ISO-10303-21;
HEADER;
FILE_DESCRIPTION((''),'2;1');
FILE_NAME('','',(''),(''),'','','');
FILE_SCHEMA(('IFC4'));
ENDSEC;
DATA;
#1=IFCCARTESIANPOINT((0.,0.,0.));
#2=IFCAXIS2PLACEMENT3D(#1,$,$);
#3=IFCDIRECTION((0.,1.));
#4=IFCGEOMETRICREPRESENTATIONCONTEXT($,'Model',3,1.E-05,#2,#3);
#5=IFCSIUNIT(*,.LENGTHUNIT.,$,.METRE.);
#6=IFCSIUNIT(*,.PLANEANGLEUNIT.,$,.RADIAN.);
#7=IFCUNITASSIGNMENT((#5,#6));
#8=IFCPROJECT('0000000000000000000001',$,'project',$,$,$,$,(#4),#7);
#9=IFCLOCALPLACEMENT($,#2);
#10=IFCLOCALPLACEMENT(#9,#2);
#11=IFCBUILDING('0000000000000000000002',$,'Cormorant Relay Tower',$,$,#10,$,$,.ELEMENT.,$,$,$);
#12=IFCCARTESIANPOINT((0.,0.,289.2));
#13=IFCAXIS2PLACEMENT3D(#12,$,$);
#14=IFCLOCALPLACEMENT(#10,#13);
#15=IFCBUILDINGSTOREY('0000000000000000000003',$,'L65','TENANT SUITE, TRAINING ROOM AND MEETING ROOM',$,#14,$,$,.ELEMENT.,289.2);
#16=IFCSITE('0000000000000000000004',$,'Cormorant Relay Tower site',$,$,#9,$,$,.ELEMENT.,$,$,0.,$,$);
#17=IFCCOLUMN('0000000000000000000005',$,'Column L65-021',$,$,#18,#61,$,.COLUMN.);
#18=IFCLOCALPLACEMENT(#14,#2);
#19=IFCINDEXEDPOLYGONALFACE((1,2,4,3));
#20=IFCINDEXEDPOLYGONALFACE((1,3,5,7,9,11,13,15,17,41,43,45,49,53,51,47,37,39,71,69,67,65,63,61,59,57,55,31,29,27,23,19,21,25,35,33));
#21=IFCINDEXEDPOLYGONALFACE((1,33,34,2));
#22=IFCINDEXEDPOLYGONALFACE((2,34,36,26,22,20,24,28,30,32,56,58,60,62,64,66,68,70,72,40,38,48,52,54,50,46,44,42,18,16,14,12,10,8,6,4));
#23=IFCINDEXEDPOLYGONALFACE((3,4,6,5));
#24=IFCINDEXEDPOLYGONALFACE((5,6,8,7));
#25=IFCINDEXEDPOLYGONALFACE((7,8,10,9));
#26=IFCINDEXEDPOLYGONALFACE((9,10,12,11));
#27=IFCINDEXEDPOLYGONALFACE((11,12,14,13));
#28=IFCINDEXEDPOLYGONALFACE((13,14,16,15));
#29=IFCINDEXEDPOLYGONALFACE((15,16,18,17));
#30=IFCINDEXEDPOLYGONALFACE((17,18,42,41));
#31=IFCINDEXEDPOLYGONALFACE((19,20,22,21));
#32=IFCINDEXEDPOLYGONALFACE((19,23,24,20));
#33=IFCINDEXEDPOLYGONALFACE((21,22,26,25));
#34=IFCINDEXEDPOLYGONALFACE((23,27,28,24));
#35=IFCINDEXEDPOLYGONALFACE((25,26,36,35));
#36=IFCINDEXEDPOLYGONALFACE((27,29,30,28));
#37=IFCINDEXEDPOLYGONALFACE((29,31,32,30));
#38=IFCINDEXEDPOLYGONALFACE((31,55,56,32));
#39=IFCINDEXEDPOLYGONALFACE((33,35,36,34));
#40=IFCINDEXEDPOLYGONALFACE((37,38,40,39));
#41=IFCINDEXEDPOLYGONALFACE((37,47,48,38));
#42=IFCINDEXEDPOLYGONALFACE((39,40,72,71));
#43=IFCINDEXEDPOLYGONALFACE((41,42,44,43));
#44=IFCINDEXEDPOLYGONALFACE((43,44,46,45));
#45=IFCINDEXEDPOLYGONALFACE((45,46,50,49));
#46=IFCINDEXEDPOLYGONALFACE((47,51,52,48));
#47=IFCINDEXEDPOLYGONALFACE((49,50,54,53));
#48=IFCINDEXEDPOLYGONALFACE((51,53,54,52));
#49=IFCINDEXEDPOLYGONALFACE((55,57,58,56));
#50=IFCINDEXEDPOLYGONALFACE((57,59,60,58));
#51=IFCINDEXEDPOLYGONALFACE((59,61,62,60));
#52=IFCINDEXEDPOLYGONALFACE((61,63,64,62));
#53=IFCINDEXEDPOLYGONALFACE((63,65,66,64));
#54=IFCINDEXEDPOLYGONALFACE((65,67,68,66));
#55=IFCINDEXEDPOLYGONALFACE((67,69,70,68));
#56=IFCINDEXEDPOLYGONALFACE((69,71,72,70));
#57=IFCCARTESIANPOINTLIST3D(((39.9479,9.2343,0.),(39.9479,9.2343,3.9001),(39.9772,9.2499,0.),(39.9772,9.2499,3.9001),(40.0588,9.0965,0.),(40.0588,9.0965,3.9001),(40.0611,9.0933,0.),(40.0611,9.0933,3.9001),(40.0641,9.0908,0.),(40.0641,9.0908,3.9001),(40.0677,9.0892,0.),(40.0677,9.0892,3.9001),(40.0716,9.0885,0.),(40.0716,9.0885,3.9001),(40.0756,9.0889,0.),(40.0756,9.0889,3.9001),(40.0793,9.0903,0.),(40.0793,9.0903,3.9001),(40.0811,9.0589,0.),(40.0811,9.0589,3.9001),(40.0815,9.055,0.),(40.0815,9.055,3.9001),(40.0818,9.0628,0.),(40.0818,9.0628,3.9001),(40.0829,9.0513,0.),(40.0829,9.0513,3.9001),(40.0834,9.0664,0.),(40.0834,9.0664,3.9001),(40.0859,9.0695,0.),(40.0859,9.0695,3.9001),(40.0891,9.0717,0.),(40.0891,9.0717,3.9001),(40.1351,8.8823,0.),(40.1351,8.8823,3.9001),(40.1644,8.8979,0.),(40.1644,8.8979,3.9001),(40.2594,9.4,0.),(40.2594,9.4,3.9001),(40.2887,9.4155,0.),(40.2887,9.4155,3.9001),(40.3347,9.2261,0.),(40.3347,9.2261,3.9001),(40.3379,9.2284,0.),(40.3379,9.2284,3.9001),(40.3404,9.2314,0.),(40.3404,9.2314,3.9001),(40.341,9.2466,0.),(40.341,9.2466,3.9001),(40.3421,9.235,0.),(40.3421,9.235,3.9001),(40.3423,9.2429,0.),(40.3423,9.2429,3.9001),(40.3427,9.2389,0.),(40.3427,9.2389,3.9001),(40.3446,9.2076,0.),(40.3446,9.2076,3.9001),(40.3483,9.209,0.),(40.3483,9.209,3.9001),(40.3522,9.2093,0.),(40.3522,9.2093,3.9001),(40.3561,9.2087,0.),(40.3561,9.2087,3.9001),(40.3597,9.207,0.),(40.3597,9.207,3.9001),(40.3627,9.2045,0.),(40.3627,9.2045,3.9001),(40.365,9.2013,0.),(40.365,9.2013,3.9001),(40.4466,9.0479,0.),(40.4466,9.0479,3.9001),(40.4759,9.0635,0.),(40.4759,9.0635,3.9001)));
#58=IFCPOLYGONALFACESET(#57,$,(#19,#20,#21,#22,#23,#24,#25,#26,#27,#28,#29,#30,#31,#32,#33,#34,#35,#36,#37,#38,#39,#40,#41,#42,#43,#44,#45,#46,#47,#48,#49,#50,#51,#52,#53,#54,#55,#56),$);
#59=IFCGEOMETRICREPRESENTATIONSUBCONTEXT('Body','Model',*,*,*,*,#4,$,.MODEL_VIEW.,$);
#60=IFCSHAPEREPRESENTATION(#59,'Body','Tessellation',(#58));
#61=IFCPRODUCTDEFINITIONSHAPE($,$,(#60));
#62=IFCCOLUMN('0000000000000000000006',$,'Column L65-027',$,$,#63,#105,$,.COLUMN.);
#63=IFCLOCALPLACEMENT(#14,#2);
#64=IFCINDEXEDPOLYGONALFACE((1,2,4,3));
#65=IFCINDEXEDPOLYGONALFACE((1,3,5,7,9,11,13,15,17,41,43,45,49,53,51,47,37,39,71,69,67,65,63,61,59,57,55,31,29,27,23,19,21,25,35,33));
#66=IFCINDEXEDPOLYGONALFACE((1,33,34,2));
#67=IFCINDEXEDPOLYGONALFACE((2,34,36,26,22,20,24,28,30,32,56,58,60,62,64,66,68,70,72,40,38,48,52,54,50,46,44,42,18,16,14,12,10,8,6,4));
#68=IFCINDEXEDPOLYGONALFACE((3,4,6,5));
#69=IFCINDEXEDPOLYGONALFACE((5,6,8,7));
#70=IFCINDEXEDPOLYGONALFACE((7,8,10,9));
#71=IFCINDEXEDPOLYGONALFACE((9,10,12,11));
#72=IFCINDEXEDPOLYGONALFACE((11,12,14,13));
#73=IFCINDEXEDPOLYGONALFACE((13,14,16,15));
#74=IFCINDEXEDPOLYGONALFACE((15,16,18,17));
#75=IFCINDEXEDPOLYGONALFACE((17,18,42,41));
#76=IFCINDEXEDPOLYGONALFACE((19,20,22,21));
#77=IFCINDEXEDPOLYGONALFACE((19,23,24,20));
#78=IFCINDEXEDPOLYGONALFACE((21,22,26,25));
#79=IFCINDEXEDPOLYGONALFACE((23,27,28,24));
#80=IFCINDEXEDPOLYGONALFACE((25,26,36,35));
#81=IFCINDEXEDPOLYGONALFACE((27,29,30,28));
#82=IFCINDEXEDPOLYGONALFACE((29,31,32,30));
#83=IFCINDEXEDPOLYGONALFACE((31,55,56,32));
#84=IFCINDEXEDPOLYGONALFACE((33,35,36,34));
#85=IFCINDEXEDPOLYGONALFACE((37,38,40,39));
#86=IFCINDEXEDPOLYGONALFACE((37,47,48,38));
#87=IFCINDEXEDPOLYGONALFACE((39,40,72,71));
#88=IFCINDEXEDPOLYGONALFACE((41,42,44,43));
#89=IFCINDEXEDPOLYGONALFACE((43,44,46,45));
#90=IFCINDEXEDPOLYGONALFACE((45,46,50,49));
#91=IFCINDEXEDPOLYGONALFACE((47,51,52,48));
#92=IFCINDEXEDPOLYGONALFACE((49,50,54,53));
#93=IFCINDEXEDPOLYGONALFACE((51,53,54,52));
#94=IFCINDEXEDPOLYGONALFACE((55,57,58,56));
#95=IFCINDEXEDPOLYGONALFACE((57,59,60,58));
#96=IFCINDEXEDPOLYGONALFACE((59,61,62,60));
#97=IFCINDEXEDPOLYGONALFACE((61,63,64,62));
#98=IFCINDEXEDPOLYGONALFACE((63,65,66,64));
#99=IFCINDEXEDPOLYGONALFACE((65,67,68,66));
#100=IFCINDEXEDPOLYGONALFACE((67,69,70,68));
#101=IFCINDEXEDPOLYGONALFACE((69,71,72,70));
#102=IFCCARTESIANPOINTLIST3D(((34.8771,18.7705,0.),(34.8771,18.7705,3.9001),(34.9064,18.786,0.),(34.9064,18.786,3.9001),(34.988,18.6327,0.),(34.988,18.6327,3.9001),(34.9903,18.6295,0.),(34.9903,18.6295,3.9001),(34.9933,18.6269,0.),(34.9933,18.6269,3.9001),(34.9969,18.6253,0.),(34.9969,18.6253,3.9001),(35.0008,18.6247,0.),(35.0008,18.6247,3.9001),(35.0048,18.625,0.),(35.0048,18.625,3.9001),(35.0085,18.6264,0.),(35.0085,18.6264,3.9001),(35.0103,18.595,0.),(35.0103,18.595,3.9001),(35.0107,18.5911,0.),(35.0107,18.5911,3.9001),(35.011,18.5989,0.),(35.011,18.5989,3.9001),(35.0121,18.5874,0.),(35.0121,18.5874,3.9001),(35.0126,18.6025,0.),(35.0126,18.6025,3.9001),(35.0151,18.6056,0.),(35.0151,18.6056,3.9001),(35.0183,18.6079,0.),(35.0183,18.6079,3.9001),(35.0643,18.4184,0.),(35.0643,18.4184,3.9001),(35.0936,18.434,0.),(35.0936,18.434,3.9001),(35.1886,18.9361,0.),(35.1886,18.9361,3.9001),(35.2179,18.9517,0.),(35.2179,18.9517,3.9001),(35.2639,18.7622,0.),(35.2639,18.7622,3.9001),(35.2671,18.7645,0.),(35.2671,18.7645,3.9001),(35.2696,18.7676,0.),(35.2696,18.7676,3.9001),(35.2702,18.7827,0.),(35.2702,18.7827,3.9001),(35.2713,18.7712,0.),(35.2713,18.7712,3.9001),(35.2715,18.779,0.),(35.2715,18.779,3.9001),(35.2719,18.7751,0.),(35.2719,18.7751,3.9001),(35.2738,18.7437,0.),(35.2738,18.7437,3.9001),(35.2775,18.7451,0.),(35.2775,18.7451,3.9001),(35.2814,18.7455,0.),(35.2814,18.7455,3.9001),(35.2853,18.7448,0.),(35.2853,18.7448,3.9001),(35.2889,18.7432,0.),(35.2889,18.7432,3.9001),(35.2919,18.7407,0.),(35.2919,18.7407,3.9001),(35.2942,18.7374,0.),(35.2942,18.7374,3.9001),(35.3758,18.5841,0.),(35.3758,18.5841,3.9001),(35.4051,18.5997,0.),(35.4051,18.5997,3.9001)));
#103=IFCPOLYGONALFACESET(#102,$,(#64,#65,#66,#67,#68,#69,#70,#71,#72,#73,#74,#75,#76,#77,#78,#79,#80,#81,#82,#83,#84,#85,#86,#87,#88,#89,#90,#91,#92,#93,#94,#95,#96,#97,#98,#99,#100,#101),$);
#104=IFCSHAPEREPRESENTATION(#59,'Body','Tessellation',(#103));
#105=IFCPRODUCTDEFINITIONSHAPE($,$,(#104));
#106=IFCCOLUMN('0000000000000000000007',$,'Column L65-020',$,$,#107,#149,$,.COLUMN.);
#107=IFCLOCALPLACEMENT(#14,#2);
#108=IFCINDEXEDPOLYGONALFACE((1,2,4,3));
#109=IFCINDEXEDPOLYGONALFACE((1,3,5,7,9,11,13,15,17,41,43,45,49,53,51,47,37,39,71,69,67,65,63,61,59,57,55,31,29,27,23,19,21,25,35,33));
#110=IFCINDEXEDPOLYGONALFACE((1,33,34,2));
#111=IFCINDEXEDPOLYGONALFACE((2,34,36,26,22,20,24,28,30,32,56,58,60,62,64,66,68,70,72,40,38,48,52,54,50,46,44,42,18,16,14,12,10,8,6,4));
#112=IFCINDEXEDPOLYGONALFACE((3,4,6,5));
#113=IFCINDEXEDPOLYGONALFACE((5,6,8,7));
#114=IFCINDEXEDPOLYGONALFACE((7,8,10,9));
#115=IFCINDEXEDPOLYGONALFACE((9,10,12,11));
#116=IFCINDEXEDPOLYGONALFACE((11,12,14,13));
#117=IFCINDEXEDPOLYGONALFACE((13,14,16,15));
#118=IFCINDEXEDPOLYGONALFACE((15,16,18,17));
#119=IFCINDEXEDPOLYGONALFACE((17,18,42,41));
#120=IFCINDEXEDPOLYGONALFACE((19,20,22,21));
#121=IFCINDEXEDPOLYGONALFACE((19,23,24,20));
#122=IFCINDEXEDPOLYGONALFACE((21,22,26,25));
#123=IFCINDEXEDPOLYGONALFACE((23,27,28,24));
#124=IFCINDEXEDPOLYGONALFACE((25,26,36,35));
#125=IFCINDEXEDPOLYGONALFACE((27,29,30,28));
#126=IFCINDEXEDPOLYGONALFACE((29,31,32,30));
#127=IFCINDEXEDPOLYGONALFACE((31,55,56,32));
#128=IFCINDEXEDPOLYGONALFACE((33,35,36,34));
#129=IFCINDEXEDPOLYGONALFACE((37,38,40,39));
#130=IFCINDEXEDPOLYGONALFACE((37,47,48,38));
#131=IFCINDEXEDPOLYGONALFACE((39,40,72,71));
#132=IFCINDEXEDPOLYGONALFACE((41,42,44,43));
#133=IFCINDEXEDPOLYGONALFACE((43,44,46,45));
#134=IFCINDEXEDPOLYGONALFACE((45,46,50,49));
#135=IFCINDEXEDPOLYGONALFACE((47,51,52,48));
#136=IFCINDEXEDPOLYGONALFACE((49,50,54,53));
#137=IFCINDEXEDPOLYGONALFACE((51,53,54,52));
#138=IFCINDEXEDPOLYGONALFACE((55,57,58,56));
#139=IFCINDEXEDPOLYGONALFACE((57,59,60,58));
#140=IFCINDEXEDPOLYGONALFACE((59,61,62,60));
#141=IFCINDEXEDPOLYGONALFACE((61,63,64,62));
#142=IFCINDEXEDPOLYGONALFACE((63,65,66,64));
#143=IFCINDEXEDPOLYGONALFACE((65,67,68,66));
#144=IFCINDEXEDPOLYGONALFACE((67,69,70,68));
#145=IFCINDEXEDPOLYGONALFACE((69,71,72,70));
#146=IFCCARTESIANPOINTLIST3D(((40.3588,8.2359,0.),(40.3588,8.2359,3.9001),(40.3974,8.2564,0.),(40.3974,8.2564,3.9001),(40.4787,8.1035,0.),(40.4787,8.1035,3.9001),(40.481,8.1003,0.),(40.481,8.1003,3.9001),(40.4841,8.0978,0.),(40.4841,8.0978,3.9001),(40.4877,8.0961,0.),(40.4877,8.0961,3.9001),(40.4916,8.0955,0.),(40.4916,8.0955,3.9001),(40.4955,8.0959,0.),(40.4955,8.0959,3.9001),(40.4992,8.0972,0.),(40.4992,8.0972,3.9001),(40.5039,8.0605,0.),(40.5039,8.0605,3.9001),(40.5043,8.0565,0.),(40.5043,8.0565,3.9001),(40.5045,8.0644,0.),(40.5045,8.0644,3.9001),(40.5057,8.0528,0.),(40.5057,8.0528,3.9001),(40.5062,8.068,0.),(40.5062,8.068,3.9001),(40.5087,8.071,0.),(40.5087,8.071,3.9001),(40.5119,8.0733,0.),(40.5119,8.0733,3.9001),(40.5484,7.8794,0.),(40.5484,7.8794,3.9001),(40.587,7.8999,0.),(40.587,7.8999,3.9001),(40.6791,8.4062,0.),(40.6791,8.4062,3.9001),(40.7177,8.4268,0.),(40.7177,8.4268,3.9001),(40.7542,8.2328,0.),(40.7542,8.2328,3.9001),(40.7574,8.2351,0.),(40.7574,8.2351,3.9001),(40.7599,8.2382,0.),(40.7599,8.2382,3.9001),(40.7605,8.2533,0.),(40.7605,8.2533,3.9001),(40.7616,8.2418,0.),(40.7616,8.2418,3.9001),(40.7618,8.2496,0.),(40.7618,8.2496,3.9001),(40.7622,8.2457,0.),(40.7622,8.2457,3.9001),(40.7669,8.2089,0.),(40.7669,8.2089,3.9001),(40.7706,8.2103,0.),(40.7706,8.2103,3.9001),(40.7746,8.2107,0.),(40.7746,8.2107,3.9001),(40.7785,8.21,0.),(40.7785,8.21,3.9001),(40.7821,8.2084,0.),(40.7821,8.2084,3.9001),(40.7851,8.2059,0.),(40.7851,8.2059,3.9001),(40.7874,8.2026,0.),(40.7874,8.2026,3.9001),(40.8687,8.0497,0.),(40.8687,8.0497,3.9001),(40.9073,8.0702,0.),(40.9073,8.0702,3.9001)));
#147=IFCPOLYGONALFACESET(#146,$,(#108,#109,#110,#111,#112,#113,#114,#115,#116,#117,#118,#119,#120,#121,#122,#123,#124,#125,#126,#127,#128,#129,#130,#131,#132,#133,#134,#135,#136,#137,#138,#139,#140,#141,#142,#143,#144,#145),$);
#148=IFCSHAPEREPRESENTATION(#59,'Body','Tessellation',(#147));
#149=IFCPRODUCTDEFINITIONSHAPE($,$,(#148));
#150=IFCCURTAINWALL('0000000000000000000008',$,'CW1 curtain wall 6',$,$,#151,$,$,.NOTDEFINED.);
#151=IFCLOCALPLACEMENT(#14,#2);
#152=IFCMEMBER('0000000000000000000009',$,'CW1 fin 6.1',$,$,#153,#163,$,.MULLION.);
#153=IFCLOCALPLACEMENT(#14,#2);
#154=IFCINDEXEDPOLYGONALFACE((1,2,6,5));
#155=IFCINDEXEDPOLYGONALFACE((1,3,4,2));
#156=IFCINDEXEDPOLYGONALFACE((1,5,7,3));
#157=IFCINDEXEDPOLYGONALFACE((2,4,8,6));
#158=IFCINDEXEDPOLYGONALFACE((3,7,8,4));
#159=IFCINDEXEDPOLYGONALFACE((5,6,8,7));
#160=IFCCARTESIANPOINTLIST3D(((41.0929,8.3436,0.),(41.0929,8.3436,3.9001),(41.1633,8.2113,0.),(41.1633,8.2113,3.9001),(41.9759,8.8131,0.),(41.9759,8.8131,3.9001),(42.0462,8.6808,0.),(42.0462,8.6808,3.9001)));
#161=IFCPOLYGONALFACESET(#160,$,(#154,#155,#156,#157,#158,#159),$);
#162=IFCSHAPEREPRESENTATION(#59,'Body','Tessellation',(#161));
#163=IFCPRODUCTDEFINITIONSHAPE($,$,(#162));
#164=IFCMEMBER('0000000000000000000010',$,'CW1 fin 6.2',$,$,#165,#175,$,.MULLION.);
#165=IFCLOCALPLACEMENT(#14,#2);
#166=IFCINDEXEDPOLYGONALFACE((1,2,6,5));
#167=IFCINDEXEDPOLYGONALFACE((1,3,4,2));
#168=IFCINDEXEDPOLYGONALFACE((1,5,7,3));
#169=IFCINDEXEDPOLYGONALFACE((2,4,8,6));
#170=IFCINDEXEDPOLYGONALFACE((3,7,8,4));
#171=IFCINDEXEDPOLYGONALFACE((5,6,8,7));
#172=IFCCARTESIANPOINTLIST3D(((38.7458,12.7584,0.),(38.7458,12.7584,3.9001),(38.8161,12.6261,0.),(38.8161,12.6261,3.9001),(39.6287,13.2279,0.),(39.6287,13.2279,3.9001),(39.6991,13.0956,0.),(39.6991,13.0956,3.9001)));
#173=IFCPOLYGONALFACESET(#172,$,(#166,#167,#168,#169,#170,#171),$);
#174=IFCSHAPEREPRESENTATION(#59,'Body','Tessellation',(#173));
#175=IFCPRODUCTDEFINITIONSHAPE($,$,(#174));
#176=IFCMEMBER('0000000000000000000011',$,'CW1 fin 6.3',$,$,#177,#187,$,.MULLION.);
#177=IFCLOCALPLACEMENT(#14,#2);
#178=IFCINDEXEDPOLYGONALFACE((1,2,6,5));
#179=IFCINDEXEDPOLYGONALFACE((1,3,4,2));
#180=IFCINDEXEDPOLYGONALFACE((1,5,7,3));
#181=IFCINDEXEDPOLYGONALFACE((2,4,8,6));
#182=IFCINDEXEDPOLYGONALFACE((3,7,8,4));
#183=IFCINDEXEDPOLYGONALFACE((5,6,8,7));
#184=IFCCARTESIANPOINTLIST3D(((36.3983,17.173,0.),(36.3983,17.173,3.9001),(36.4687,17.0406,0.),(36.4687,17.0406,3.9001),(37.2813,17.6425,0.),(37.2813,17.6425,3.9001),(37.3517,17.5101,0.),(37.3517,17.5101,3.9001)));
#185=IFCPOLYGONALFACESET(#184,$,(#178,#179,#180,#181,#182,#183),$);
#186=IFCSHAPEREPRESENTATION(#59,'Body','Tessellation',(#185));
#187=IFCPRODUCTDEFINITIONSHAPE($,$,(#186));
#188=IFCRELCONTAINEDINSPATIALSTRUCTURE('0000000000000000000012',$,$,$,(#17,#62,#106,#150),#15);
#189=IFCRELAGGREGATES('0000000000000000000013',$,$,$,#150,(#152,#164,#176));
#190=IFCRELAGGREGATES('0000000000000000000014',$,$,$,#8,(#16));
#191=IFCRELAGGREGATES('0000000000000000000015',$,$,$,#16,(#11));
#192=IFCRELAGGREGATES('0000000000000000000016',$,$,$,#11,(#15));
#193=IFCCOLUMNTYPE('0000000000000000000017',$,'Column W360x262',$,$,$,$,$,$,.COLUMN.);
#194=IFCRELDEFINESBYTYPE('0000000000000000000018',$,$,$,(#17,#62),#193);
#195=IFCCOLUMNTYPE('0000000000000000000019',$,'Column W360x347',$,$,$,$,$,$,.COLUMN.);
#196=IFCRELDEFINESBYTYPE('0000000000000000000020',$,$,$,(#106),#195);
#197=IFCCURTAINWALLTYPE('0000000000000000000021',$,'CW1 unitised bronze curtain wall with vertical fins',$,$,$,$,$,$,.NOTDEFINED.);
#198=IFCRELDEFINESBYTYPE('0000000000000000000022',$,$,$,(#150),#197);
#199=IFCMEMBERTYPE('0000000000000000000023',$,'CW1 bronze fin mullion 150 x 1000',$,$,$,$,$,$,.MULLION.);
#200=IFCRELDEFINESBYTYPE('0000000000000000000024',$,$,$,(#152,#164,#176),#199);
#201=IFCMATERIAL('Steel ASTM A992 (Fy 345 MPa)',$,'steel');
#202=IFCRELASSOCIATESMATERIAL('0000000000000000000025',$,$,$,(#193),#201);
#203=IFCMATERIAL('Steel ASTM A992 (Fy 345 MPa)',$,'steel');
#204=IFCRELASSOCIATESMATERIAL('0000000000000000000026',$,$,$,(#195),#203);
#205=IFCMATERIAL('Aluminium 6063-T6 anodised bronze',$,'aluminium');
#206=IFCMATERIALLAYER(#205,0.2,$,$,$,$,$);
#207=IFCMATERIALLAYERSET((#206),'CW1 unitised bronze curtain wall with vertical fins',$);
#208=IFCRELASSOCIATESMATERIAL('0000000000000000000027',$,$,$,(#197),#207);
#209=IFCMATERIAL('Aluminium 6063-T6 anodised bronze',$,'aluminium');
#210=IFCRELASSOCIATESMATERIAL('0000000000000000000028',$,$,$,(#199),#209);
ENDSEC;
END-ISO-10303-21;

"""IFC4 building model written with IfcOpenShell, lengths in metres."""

from ifc_helpers import new_model, si_unit, direction, frame, origin, origin_2d, place, context, subcontext, project, spatial, rectangle, i_section, extrude, material, layer, layer_set, material_profile, profile_set, type_object, element, aggregate, save


model = new_model("IFC4")

# Units and contexts
model_context = context("Model", 3, precision=1e-05, world=origin(), true_north=direction((0.0, 1.0)))
body_context = subcontext(model_context, "Body", "Model", "MODEL_VIEW")
ifc_project = project(units=[si_unit("LENGTHUNIT", "METRE"), si_unit("PLANEANGLEUNIT", "RADIAN")], contexts=[model_context])

# Site, building, storey
site_placement = place(None, origin())
site = spatial("IfcSite", under=ifc_project, at=site_placement, Name="Cormorant Relay Tower site", CompositionType="ELEMENT", RefElevation=0.0)
building_placement = place(site_placement, origin())
building = spatial("IfcBuilding", under=site, at=building_placement, Name="Cormorant Relay Tower", CompositionType="ELEMENT")
storey_placement = place(building_placement, frame((0.0, 0.0, 289.2)))
storey = spatial("IfcBuildingStorey", under=building, at=storey_placement, Name="L65", Description="TENANT SUITE, TRAINING ROOM AND MEETING ROOM", CompositionType="ELEMENT", Elevation=289.2)

# Columns
ifc_material_1 = material(Name="Steel ASTM A992 (Fy 345 MPa)", Category="steel")
ifc_material_profile_1 = material_profile(ifc_material_1, i_section(OverallWidth=0.3987, OverallDepth=0.386, WebThickness=0.021, FlangeThickness=0.0332, FilletRadius=0.0151, at=origin_2d()), Name="W360x262")
ifc_profile_set_1 = profile_set([ifc_material_profile_1], Name="Steel ASTM A992 (Fy 345 MPa)")
column_type_1 = type_object("IfcColumnType", Name="Column W360x262", PredefinedType="COLUMN", material=ifc_profile_set_1)
for number, where, z_axis, x_axis, name in (
    (1, (40.2119, 9.1489, 0.0), (0.0, 0.0, 1.0), (-0.469472, 0.882948, 0.0), "Column L65-021"),
    (2, (35.1411, 18.6851, 0.0), (0.0, 0.0, 1.0), (-0.469472, 0.882948, 0.0), "Column L65-027"),
):
    element("IfcColumn", number, at=place(storey_placement, frame(where, z_axis=z_axis, x_axis=x_axis)), inside=storey, type_object=column_type_1, Name=name, PredefinedType="COLUMN", context=body_context, shape_type="SweptSolid", body=[
        extrude(i_section(OverallWidth=0.3987, OverallDepth=0.386, WebThickness=0.021, FlangeThickness=0.0332, FilletRadius=0.0151, at=origin_2d()), origin(), (0.0, 0.0, 1.0), 3.9001),
    ])
ifc_material_2 = material(Name="Steel ASTM A992 (Fy 345 MPa)", Category="steel")
ifc_material_profile_2 = material_profile(ifc_material_2, i_section(OverallWidth=0.4038, OverallDepth=0.4065, WebThickness=0.0271, FlangeThickness=0.0437, FilletRadius=0.0151, at=origin_2d()), Name="W360x347")
ifc_profile_set_2 = profile_set([ifc_material_profile_2], Name="Steel ASTM A992 (Fy 345 MPa)")
column_type_2 = type_object("IfcColumnType", Name="Column W360x347", PredefinedType="COLUMN", material=ifc_profile_set_2)
column_placement = place(storey_placement, frame((40.6331, 8.1531, 0.0), z_axis=(0.0, 0.0, 1.0), x_axis=(-0.469472, 0.882948, 0.0)))
element("IfcColumn", 3, at=column_placement, inside=storey, type_object=column_type_2, Name="Column L65-020", PredefinedType="COLUMN", context=body_context, shape_type="SweptSolid", body=[
    extrude(i_section(OverallWidth=0.4038, OverallDepth=0.4065, WebThickness=0.0271, FlangeThickness=0.0437, FilletRadius=0.0151, at=origin_2d()), origin(), (0.0, 0.0, 1.0), 3.9001),
])

# Curtain wall, members
ifc_material_3 = material(Name="Aluminium 6063-T6 anodised bronze", Category="aluminium")
ifc_layer_1 = layer(ifc_material_3, 0.2)
ifc_layer_set_1 = layer_set([ifc_layer_1], Name="CW1 unitised bronze curtain wall with vertical fins")
curtain_wall_type = type_object("IfcCurtainWallType", Name="CW1 unitised bronze curtain wall with vertical fins", PredefinedType="NOTDEFINED", material=ifc_layer_set_1)
curtain_wall_1_placement = place(storey_placement, origin())
curtain_wall_1 = element("IfcCurtainWall", 4, at=curtain_wall_1_placement, inside=storey, type_object=curtain_wall_type, Name="CW1 curtain wall 6", PredefinedType="NOTDEFINED")
ifc_material_4 = material(Name="Aluminium 6063-T6 anodised bronze", Category="aluminium")
ifc_material_profile_3 = material_profile(ifc_material_4, rectangle(XDim=0.1499, YDim=1.0, at=origin_2d()), Name="AL 150x1000")
ifc_profile_set_3 = profile_set([ifc_material_profile_3], Name="Aluminium 6063-T6 anodised bronze")
member_type_1 = type_object("IfcMemberType", Name="CW1 bronze fin mullion 150 x 1000", PredefinedType="MULLION", material=ifc_profile_set_3)
member_1_placement = place(storey_placement, frame((41.5696, 8.5122, 0.0), z_axis=(0.0, 0.0, 1.0), x_axis=(-0.469472, 0.882948, 0.0)))
member_1 = element("IfcMember", 5, at=member_1_placement, type_object=member_type_1, Name="CW1 fin 6.1", PredefinedType="MULLION", context=body_context, shape_type="SweptSolid", body=[
    extrude(rectangle(XDim=0.1499, YDim=1.0, at=origin_2d()), origin(), (0.0, 0.0, 1.0), 3.9001),
])
member_2_placement = place(storey_placement, frame((39.2224, 12.927, 0.0), z_axis=(0.0, 0.0, 1.0), x_axis=(-0.469472, 0.882948, 0.0)))
member_2 = element("IfcMember", 6, at=member_2_placement, type_object=member_type_1, Name="CW1 fin 6.2", PredefinedType="MULLION", context=body_context, shape_type="SweptSolid", body=[
    extrude(rectangle(XDim=0.1499, YDim=1.0, at=origin_2d()), origin(), (0.0, 0.0, 1.0), 3.9001),
])
member_3_placement = place(storey_placement, frame((36.875, 17.3416, 0.0), z_axis=(0.0, 0.0, 1.0), x_axis=(-0.469472, 0.882948, 0.0)))
member_3 = element("IfcMember", 7, at=member_3_placement, type_object=member_type_1, Name="CW1 fin 6.3", PredefinedType="MULLION", context=body_context, shape_type="SweptSolid", body=[
    extrude(rectangle(XDim=0.1499, YDim=1.0, at=origin_2d()), origin(), (0.0, 0.0, 1.0), 3.9001),
])

aggregate(curtain_wall_1, [member_1, member_2, member_3])

save(model, "model.ifc")
